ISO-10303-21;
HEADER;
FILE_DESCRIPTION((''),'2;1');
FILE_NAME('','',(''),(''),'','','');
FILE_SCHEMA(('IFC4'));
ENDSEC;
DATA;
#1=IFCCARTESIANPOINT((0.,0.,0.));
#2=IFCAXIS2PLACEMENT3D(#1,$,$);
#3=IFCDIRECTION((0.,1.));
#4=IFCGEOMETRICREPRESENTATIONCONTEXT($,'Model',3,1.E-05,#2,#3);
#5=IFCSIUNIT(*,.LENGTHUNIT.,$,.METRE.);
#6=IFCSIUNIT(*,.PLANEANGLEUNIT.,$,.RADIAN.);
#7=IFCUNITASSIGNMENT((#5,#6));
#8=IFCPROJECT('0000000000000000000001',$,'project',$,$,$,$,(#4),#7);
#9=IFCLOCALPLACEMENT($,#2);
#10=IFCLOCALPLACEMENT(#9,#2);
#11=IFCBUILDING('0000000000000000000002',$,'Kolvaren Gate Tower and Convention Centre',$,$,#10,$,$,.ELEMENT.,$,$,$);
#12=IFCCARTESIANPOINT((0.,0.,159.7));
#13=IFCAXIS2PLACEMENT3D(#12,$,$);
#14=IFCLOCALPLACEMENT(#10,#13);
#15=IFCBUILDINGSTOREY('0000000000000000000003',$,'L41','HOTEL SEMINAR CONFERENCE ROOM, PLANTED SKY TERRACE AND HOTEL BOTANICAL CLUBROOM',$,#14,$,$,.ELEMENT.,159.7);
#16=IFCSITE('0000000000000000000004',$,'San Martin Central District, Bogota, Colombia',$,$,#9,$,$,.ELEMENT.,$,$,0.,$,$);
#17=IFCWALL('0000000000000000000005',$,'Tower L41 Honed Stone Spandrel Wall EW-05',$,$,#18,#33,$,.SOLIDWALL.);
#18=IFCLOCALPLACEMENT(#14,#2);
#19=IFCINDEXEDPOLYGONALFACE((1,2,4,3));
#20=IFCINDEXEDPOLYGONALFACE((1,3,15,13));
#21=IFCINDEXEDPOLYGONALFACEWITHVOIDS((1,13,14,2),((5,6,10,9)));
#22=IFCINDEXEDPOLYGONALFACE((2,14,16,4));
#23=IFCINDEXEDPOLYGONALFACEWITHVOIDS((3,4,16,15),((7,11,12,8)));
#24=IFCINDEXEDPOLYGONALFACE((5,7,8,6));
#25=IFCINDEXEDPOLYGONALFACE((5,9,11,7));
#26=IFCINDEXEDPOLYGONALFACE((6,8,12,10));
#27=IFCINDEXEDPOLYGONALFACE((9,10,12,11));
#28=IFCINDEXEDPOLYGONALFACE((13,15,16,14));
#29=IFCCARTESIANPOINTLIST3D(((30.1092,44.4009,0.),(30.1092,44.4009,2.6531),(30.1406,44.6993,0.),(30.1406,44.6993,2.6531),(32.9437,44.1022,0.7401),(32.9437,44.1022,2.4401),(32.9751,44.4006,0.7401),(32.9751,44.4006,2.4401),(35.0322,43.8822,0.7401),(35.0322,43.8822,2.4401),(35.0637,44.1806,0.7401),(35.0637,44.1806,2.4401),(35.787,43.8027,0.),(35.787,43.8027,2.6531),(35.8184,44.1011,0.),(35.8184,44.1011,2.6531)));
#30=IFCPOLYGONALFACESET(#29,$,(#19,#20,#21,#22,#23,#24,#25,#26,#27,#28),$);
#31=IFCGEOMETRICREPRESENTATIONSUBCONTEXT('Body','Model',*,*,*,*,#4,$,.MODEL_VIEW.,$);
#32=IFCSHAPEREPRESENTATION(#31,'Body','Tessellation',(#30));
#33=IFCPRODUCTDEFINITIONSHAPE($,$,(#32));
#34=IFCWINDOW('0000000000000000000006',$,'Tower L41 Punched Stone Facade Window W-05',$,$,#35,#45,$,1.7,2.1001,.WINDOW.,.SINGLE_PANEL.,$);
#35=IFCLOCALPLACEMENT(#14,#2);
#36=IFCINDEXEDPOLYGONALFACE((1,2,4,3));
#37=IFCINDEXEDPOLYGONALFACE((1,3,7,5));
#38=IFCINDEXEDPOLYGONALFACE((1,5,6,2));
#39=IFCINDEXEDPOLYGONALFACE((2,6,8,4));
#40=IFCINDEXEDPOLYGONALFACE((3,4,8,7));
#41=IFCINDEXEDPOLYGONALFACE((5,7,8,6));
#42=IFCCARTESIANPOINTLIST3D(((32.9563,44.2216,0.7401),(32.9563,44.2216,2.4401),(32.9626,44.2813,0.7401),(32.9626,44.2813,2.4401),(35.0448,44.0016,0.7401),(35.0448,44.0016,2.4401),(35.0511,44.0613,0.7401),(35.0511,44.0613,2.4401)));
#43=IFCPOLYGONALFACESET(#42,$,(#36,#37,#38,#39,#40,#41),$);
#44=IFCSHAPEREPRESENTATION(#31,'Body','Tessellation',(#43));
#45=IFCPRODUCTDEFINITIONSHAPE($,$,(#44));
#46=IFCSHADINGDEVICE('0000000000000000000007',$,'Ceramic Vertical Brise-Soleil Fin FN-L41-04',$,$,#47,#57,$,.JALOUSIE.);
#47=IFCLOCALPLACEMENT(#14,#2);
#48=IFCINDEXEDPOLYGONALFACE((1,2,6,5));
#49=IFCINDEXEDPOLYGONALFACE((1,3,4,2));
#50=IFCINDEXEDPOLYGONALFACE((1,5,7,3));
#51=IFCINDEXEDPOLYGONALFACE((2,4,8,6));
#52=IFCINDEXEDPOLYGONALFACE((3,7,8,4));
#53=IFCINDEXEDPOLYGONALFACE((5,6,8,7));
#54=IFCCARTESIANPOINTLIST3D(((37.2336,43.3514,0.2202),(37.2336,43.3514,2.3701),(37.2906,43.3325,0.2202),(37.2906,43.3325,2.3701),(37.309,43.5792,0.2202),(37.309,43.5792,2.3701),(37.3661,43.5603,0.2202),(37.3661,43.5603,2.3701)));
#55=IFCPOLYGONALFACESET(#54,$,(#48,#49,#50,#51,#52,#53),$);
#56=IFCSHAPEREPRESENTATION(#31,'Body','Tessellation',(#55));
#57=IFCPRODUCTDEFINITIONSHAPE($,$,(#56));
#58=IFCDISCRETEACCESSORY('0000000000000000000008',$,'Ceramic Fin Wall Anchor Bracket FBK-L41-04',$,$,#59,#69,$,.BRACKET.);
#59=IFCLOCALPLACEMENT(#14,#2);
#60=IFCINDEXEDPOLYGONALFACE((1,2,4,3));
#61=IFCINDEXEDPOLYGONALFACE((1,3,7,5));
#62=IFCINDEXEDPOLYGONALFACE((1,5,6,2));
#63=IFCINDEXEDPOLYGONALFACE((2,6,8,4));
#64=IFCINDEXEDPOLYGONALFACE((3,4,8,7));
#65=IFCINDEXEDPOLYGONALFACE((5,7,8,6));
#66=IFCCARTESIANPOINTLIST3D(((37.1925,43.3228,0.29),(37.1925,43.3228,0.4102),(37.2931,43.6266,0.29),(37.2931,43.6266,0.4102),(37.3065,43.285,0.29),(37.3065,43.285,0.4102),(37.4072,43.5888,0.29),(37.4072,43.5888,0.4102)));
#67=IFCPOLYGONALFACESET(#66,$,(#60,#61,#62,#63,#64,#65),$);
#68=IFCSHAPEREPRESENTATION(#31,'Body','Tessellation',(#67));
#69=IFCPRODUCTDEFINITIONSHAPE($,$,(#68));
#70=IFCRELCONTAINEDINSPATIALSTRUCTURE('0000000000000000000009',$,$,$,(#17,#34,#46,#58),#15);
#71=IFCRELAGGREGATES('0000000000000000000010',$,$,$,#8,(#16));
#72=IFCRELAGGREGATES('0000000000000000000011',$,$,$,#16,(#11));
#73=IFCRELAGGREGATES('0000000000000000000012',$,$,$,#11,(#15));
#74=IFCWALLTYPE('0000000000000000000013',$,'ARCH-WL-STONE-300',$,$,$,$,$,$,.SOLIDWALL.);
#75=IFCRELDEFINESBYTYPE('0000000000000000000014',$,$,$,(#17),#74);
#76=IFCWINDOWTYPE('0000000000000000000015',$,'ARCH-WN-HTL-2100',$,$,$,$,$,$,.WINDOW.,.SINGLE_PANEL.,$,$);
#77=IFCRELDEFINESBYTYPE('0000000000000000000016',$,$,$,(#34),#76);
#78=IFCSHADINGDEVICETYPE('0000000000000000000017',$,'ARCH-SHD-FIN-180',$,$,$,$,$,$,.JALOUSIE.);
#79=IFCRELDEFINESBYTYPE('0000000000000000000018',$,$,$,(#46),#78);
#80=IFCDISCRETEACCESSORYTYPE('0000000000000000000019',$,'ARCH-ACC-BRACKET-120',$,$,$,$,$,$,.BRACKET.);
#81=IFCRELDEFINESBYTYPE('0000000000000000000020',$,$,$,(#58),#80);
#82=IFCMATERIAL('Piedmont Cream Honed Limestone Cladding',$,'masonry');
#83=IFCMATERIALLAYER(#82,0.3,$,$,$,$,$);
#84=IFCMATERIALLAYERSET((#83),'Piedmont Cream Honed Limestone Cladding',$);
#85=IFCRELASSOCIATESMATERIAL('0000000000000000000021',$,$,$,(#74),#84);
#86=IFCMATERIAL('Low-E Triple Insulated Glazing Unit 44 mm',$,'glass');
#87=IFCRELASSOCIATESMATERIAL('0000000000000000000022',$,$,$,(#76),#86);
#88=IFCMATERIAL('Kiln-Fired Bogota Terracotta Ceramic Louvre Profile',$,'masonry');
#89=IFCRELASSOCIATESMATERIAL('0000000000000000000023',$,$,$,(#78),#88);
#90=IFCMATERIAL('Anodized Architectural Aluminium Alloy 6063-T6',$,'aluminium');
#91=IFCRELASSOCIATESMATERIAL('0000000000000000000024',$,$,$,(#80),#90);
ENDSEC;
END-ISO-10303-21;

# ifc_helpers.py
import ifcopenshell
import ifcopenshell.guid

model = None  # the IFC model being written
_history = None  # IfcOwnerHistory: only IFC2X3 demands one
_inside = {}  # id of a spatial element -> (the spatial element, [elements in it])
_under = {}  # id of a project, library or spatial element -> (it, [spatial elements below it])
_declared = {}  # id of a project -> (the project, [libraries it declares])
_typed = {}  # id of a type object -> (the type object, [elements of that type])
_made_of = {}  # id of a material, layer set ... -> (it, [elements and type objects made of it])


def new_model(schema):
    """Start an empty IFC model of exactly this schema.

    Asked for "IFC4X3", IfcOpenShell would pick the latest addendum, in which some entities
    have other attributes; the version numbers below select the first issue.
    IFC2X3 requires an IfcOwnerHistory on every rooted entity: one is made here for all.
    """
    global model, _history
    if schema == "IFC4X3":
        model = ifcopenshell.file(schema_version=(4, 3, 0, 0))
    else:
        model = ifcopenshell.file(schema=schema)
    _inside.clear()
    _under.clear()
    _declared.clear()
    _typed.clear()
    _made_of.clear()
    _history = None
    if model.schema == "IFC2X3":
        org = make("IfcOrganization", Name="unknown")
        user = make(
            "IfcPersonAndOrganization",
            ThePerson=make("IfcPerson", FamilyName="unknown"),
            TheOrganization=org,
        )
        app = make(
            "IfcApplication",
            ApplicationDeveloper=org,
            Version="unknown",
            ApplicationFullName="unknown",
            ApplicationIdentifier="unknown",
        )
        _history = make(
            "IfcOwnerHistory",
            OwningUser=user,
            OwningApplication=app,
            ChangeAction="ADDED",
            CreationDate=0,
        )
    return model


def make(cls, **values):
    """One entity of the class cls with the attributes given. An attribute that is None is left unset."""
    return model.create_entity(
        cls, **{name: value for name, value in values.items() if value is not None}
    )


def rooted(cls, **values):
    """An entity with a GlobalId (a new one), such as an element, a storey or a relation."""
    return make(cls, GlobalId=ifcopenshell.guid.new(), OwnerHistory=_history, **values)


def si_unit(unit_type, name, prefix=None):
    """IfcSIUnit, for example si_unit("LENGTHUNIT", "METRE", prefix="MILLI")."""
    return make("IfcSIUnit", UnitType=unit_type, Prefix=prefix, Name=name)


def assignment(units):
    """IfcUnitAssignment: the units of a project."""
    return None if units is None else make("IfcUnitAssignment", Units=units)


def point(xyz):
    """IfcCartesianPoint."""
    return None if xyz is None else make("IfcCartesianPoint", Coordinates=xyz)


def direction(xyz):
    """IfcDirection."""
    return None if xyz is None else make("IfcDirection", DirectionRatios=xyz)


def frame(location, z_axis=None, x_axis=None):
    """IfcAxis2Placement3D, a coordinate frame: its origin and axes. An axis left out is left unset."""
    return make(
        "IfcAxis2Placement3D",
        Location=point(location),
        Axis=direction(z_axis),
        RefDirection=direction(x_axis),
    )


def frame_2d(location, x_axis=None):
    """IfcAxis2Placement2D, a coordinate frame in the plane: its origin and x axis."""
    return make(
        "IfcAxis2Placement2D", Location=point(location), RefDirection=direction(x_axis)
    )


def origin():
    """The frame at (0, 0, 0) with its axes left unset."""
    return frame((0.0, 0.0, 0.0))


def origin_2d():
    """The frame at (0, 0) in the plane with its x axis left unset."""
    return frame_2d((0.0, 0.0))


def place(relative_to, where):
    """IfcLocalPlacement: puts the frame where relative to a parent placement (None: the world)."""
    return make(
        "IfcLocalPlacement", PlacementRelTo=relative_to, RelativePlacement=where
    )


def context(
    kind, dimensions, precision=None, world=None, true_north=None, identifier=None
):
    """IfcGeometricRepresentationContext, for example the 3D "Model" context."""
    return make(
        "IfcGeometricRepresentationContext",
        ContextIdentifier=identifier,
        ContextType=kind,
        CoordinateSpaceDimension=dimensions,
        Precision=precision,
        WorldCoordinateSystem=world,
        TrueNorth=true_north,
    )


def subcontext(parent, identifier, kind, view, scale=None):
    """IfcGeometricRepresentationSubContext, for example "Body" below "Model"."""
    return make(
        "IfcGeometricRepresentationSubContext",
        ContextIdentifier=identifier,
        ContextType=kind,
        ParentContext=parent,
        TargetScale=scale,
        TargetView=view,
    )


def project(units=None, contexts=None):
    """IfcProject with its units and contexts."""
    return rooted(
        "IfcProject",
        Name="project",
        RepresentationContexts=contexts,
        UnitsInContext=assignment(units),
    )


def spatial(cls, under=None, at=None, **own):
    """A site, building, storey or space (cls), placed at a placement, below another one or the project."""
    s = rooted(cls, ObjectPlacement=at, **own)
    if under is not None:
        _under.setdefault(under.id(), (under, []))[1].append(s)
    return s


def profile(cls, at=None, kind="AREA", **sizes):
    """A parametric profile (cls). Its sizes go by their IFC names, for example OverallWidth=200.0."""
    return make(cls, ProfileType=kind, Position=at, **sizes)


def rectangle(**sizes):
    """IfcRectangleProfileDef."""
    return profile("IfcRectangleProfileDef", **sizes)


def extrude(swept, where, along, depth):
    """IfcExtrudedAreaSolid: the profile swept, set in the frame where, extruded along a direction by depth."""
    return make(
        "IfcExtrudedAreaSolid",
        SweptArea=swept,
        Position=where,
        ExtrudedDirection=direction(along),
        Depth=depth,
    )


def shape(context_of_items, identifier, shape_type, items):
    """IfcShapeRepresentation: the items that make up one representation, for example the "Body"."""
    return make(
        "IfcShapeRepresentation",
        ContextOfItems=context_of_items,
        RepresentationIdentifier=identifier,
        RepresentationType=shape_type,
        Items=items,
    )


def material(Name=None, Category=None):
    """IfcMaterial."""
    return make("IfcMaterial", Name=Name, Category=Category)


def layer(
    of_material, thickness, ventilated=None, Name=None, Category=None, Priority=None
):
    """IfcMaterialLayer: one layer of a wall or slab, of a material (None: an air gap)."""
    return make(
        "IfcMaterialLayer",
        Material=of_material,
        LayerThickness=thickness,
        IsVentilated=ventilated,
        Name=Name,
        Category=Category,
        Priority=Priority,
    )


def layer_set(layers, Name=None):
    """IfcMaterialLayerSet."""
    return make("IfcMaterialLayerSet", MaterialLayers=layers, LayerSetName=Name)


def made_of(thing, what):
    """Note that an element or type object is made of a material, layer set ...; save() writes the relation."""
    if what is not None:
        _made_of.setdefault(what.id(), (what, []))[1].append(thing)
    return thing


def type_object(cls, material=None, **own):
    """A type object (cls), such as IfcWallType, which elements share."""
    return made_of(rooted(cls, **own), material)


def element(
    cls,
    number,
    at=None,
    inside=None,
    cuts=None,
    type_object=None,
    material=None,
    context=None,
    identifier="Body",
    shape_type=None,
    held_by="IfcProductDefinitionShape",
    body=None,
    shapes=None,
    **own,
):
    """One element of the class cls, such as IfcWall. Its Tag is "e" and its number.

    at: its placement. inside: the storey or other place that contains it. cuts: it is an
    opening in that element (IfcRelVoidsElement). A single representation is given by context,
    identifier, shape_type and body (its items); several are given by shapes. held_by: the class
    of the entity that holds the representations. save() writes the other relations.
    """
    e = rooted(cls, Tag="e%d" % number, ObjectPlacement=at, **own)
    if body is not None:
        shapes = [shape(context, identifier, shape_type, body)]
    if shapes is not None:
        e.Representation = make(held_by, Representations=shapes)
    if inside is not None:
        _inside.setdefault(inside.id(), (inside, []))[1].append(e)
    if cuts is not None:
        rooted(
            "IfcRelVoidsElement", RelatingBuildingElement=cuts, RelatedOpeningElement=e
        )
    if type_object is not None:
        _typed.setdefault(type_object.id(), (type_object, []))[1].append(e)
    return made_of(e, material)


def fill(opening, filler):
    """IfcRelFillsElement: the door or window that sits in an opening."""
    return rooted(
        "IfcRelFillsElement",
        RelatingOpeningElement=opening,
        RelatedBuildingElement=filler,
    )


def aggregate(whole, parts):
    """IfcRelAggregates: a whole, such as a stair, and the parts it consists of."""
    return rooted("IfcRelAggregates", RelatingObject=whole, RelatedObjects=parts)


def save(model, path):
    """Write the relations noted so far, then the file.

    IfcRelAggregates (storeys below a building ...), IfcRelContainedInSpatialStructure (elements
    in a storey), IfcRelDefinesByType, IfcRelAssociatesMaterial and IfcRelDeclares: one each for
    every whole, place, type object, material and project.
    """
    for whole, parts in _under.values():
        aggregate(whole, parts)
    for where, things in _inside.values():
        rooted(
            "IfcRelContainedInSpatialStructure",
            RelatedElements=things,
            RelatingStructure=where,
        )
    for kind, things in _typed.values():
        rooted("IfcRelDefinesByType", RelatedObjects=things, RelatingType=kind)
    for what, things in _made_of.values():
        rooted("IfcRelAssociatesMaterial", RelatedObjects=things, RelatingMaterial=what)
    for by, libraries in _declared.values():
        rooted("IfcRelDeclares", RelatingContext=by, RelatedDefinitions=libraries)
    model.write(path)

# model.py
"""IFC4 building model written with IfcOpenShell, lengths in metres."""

from ifc_helpers import new_model, si_unit, direction, frame, frame_2d, origin, origin_2d, place, context, subcontext, project, spatial, rectangle, extrude, material, layer, layer_set, type_object, element, fill, save


model = new_model("IFC4")

# Units and contexts
model_context = context("Model", 3, precision=1e-05, world=origin(), true_north=direction((0.0, 1.0)))
body_context = subcontext(model_context, "Body", "Model", "MODEL_VIEW")
ifc_project = project(units=[si_unit("LENGTHUNIT", "METRE"), si_unit("PLANEANGLEUNIT", "RADIAN")], contexts=[model_context])

# Site, building, storey
site_placement = place(None, origin())
site = spatial("IfcSite", under=ifc_project, at=site_placement, Name="San Martin Central District, Bogota, Colombia", CompositionType="ELEMENT", RefElevation=0.0)
building_placement = place(site_placement, origin())
building = spatial("IfcBuilding", under=site, at=building_placement, Name="Kolvaren Gate Tower and Convention Centre", CompositionType="ELEMENT")
storey_placement = place(building_placement, frame((0.0, 0.0, 159.7)))
storey = spatial("IfcBuildingStorey", under=building, at=storey_placement, Name="L41", Description="HOTEL SEMINAR CONFERENCE ROOM, PLANTED SKY TERRACE AND HOTEL BOTANICAL CLUBROOM", CompositionType="ELEMENT", Elevation=159.7)

# Shared definitions
ifc_material_1 = material(Name="Piedmont Cream Honed Limestone Cladding", Category="masonry")

# Wall, opening, window
ifc_layer_1 = layer(ifc_material_1, 0.3)
ifc_layer_set_1 = layer_set([ifc_layer_1], Name="Piedmont Cream Honed Limestone Cladding")
wall_type_1 = type_object("IfcWallType", Name="ARCH-WL-STONE-300", PredefinedType="SOLIDWALL", material=ifc_layer_set_1)
ifc_material_2 = material(Name="Low-E Triple Insulated Glazing Unit 44 mm", Category="glass")
window_type = type_object("IfcWindowType", Name="ARCH-WN-HTL-2100", PartitioningType="SINGLE_PANEL", PredefinedType="WINDOW", material=ifc_material_2)
wall_1_placement = place(storey_placement, frame((30.125, 44.55, 0.0), z_axis=(0.0, 0.0, 1.0), x_axis=(0.994497, -0.104769, 0.0)))
wall_1 = element("IfcWall", 1, at=wall_1_placement, inside=storey, type_object=wall_type_1, Name="Tower L41 Honed Stone Spandrel Wall EW-05", PredefinedType="SOLIDWALL", context=body_context, shape_type="SweptSolid", body=[
    extrude(rectangle(XDim=5.7092, YDim=0.3, at=frame_2d((2.8545, 0.0))), origin(), (0.0, 0.0, 1.0), 2.6531),
])
opening_1_placement = place(wall_1_placement, frame((2.8501, 0.0, 0.74)))
opening_1 = element("IfcOpeningElement", 2, at=opening_1_placement, cuts=wall_1, PredefinedType="OPENING", context=body_context, shape_type="SweptSolid", body=[
    extrude(rectangle(XDim=2.1001, YDim=1.7, at=frame_2d((1.05, 0.8501))), frame((0.0, 0.1599, 0.0), z_axis=(0.0, -1.0, 0.0), x_axis=(1.0, 0.0, 0.0)), (0.0, 0.0, 1.0), 0.3201),
])
window_1_placement = place(opening_1_placement, origin())
window_1 = element("IfcWindow", 3, at=window_1_placement, inside=storey, type_object=window_type, Name="Tower L41 Punched Stone Facade Window W-05", OverallHeight=1.7, OverallWidth=2.1001, PartitioningType="SINGLE_PANEL", PredefinedType="WINDOW", context=body_context, shape_type="SweptSolid", body=[
    extrude(rectangle(XDim=2.1001, YDim=1.7, at=frame_2d((1.05, 0.8501))), frame((0.0, 0.03, 0.0), z_axis=(0.0, -1.0, 0.0), x_axis=(1.0, 0.0, 0.0)), (0.0, 0.0, 1.0), 0.0601),
])
fill(opening_1, window_1)

# Shading device
ifc_material_3 = material(Name="Kiln-Fired Bogota Terracotta Ceramic Louvre Profile", Category="masonry")
shading_device_type = type_object("IfcShadingDeviceType", Name="ARCH-SHD-FIN-180", PredefinedType="JALOUSIE", material=ifc_material_3)
shading_device_placement = place(storey_placement, frame((37.2998, 43.4558, 0.2202), z_axis=(0.0, 0.0, 1.0), x_axis=(0.94924, -0.314554, 0.0)))
element("IfcShadingDevice", 4, at=shading_device_placement, inside=storey, type_object=shading_device_type, Name="Ceramic Vertical Brise-Soleil Fin FN-L41-04", PredefinedType="JALOUSIE", context=body_context, shape_type="SweptSolid", body=[
    extrude(rectangle(XDim=0.0601, YDim=0.24, at=origin_2d()), origin(), (0.0, 0.0, 1.0), 2.1499),
])

# Discrete accessory
ifc_material_4 = material(Name="Anodized Architectural Aluminium Alloy 6063-T6", Category="aluminium")
discrete_accessory_type = type_object("IfcDiscreteAccessoryType", Name="ARCH-ACC-BRACKET-120", PredefinedType="BRACKET", material=ifc_material_4)
discrete_accessory_placement = place(storey_placement, frame((37.2998, 43.4558, 0.29), z_axis=(0.0, 0.0, 1.0), x_axis=(0.94924, -0.314554, 0.0)))
element("IfcDiscreteAccessory", 5, at=discrete_accessory_placement, inside=storey, type_object=discrete_accessory_type, Name="Ceramic Fin Wall Anchor Bracket FBK-L41-04", PredefinedType="BRACKET", context=body_context, shape_type="SweptSolid", body=[
    extrude(rectangle(XDim=0.1201, YDim=0.3201, at=origin_2d()), origin(), (0.0, 0.0, 1.0), 0.1201),
])

save(model, "model.ifc")
